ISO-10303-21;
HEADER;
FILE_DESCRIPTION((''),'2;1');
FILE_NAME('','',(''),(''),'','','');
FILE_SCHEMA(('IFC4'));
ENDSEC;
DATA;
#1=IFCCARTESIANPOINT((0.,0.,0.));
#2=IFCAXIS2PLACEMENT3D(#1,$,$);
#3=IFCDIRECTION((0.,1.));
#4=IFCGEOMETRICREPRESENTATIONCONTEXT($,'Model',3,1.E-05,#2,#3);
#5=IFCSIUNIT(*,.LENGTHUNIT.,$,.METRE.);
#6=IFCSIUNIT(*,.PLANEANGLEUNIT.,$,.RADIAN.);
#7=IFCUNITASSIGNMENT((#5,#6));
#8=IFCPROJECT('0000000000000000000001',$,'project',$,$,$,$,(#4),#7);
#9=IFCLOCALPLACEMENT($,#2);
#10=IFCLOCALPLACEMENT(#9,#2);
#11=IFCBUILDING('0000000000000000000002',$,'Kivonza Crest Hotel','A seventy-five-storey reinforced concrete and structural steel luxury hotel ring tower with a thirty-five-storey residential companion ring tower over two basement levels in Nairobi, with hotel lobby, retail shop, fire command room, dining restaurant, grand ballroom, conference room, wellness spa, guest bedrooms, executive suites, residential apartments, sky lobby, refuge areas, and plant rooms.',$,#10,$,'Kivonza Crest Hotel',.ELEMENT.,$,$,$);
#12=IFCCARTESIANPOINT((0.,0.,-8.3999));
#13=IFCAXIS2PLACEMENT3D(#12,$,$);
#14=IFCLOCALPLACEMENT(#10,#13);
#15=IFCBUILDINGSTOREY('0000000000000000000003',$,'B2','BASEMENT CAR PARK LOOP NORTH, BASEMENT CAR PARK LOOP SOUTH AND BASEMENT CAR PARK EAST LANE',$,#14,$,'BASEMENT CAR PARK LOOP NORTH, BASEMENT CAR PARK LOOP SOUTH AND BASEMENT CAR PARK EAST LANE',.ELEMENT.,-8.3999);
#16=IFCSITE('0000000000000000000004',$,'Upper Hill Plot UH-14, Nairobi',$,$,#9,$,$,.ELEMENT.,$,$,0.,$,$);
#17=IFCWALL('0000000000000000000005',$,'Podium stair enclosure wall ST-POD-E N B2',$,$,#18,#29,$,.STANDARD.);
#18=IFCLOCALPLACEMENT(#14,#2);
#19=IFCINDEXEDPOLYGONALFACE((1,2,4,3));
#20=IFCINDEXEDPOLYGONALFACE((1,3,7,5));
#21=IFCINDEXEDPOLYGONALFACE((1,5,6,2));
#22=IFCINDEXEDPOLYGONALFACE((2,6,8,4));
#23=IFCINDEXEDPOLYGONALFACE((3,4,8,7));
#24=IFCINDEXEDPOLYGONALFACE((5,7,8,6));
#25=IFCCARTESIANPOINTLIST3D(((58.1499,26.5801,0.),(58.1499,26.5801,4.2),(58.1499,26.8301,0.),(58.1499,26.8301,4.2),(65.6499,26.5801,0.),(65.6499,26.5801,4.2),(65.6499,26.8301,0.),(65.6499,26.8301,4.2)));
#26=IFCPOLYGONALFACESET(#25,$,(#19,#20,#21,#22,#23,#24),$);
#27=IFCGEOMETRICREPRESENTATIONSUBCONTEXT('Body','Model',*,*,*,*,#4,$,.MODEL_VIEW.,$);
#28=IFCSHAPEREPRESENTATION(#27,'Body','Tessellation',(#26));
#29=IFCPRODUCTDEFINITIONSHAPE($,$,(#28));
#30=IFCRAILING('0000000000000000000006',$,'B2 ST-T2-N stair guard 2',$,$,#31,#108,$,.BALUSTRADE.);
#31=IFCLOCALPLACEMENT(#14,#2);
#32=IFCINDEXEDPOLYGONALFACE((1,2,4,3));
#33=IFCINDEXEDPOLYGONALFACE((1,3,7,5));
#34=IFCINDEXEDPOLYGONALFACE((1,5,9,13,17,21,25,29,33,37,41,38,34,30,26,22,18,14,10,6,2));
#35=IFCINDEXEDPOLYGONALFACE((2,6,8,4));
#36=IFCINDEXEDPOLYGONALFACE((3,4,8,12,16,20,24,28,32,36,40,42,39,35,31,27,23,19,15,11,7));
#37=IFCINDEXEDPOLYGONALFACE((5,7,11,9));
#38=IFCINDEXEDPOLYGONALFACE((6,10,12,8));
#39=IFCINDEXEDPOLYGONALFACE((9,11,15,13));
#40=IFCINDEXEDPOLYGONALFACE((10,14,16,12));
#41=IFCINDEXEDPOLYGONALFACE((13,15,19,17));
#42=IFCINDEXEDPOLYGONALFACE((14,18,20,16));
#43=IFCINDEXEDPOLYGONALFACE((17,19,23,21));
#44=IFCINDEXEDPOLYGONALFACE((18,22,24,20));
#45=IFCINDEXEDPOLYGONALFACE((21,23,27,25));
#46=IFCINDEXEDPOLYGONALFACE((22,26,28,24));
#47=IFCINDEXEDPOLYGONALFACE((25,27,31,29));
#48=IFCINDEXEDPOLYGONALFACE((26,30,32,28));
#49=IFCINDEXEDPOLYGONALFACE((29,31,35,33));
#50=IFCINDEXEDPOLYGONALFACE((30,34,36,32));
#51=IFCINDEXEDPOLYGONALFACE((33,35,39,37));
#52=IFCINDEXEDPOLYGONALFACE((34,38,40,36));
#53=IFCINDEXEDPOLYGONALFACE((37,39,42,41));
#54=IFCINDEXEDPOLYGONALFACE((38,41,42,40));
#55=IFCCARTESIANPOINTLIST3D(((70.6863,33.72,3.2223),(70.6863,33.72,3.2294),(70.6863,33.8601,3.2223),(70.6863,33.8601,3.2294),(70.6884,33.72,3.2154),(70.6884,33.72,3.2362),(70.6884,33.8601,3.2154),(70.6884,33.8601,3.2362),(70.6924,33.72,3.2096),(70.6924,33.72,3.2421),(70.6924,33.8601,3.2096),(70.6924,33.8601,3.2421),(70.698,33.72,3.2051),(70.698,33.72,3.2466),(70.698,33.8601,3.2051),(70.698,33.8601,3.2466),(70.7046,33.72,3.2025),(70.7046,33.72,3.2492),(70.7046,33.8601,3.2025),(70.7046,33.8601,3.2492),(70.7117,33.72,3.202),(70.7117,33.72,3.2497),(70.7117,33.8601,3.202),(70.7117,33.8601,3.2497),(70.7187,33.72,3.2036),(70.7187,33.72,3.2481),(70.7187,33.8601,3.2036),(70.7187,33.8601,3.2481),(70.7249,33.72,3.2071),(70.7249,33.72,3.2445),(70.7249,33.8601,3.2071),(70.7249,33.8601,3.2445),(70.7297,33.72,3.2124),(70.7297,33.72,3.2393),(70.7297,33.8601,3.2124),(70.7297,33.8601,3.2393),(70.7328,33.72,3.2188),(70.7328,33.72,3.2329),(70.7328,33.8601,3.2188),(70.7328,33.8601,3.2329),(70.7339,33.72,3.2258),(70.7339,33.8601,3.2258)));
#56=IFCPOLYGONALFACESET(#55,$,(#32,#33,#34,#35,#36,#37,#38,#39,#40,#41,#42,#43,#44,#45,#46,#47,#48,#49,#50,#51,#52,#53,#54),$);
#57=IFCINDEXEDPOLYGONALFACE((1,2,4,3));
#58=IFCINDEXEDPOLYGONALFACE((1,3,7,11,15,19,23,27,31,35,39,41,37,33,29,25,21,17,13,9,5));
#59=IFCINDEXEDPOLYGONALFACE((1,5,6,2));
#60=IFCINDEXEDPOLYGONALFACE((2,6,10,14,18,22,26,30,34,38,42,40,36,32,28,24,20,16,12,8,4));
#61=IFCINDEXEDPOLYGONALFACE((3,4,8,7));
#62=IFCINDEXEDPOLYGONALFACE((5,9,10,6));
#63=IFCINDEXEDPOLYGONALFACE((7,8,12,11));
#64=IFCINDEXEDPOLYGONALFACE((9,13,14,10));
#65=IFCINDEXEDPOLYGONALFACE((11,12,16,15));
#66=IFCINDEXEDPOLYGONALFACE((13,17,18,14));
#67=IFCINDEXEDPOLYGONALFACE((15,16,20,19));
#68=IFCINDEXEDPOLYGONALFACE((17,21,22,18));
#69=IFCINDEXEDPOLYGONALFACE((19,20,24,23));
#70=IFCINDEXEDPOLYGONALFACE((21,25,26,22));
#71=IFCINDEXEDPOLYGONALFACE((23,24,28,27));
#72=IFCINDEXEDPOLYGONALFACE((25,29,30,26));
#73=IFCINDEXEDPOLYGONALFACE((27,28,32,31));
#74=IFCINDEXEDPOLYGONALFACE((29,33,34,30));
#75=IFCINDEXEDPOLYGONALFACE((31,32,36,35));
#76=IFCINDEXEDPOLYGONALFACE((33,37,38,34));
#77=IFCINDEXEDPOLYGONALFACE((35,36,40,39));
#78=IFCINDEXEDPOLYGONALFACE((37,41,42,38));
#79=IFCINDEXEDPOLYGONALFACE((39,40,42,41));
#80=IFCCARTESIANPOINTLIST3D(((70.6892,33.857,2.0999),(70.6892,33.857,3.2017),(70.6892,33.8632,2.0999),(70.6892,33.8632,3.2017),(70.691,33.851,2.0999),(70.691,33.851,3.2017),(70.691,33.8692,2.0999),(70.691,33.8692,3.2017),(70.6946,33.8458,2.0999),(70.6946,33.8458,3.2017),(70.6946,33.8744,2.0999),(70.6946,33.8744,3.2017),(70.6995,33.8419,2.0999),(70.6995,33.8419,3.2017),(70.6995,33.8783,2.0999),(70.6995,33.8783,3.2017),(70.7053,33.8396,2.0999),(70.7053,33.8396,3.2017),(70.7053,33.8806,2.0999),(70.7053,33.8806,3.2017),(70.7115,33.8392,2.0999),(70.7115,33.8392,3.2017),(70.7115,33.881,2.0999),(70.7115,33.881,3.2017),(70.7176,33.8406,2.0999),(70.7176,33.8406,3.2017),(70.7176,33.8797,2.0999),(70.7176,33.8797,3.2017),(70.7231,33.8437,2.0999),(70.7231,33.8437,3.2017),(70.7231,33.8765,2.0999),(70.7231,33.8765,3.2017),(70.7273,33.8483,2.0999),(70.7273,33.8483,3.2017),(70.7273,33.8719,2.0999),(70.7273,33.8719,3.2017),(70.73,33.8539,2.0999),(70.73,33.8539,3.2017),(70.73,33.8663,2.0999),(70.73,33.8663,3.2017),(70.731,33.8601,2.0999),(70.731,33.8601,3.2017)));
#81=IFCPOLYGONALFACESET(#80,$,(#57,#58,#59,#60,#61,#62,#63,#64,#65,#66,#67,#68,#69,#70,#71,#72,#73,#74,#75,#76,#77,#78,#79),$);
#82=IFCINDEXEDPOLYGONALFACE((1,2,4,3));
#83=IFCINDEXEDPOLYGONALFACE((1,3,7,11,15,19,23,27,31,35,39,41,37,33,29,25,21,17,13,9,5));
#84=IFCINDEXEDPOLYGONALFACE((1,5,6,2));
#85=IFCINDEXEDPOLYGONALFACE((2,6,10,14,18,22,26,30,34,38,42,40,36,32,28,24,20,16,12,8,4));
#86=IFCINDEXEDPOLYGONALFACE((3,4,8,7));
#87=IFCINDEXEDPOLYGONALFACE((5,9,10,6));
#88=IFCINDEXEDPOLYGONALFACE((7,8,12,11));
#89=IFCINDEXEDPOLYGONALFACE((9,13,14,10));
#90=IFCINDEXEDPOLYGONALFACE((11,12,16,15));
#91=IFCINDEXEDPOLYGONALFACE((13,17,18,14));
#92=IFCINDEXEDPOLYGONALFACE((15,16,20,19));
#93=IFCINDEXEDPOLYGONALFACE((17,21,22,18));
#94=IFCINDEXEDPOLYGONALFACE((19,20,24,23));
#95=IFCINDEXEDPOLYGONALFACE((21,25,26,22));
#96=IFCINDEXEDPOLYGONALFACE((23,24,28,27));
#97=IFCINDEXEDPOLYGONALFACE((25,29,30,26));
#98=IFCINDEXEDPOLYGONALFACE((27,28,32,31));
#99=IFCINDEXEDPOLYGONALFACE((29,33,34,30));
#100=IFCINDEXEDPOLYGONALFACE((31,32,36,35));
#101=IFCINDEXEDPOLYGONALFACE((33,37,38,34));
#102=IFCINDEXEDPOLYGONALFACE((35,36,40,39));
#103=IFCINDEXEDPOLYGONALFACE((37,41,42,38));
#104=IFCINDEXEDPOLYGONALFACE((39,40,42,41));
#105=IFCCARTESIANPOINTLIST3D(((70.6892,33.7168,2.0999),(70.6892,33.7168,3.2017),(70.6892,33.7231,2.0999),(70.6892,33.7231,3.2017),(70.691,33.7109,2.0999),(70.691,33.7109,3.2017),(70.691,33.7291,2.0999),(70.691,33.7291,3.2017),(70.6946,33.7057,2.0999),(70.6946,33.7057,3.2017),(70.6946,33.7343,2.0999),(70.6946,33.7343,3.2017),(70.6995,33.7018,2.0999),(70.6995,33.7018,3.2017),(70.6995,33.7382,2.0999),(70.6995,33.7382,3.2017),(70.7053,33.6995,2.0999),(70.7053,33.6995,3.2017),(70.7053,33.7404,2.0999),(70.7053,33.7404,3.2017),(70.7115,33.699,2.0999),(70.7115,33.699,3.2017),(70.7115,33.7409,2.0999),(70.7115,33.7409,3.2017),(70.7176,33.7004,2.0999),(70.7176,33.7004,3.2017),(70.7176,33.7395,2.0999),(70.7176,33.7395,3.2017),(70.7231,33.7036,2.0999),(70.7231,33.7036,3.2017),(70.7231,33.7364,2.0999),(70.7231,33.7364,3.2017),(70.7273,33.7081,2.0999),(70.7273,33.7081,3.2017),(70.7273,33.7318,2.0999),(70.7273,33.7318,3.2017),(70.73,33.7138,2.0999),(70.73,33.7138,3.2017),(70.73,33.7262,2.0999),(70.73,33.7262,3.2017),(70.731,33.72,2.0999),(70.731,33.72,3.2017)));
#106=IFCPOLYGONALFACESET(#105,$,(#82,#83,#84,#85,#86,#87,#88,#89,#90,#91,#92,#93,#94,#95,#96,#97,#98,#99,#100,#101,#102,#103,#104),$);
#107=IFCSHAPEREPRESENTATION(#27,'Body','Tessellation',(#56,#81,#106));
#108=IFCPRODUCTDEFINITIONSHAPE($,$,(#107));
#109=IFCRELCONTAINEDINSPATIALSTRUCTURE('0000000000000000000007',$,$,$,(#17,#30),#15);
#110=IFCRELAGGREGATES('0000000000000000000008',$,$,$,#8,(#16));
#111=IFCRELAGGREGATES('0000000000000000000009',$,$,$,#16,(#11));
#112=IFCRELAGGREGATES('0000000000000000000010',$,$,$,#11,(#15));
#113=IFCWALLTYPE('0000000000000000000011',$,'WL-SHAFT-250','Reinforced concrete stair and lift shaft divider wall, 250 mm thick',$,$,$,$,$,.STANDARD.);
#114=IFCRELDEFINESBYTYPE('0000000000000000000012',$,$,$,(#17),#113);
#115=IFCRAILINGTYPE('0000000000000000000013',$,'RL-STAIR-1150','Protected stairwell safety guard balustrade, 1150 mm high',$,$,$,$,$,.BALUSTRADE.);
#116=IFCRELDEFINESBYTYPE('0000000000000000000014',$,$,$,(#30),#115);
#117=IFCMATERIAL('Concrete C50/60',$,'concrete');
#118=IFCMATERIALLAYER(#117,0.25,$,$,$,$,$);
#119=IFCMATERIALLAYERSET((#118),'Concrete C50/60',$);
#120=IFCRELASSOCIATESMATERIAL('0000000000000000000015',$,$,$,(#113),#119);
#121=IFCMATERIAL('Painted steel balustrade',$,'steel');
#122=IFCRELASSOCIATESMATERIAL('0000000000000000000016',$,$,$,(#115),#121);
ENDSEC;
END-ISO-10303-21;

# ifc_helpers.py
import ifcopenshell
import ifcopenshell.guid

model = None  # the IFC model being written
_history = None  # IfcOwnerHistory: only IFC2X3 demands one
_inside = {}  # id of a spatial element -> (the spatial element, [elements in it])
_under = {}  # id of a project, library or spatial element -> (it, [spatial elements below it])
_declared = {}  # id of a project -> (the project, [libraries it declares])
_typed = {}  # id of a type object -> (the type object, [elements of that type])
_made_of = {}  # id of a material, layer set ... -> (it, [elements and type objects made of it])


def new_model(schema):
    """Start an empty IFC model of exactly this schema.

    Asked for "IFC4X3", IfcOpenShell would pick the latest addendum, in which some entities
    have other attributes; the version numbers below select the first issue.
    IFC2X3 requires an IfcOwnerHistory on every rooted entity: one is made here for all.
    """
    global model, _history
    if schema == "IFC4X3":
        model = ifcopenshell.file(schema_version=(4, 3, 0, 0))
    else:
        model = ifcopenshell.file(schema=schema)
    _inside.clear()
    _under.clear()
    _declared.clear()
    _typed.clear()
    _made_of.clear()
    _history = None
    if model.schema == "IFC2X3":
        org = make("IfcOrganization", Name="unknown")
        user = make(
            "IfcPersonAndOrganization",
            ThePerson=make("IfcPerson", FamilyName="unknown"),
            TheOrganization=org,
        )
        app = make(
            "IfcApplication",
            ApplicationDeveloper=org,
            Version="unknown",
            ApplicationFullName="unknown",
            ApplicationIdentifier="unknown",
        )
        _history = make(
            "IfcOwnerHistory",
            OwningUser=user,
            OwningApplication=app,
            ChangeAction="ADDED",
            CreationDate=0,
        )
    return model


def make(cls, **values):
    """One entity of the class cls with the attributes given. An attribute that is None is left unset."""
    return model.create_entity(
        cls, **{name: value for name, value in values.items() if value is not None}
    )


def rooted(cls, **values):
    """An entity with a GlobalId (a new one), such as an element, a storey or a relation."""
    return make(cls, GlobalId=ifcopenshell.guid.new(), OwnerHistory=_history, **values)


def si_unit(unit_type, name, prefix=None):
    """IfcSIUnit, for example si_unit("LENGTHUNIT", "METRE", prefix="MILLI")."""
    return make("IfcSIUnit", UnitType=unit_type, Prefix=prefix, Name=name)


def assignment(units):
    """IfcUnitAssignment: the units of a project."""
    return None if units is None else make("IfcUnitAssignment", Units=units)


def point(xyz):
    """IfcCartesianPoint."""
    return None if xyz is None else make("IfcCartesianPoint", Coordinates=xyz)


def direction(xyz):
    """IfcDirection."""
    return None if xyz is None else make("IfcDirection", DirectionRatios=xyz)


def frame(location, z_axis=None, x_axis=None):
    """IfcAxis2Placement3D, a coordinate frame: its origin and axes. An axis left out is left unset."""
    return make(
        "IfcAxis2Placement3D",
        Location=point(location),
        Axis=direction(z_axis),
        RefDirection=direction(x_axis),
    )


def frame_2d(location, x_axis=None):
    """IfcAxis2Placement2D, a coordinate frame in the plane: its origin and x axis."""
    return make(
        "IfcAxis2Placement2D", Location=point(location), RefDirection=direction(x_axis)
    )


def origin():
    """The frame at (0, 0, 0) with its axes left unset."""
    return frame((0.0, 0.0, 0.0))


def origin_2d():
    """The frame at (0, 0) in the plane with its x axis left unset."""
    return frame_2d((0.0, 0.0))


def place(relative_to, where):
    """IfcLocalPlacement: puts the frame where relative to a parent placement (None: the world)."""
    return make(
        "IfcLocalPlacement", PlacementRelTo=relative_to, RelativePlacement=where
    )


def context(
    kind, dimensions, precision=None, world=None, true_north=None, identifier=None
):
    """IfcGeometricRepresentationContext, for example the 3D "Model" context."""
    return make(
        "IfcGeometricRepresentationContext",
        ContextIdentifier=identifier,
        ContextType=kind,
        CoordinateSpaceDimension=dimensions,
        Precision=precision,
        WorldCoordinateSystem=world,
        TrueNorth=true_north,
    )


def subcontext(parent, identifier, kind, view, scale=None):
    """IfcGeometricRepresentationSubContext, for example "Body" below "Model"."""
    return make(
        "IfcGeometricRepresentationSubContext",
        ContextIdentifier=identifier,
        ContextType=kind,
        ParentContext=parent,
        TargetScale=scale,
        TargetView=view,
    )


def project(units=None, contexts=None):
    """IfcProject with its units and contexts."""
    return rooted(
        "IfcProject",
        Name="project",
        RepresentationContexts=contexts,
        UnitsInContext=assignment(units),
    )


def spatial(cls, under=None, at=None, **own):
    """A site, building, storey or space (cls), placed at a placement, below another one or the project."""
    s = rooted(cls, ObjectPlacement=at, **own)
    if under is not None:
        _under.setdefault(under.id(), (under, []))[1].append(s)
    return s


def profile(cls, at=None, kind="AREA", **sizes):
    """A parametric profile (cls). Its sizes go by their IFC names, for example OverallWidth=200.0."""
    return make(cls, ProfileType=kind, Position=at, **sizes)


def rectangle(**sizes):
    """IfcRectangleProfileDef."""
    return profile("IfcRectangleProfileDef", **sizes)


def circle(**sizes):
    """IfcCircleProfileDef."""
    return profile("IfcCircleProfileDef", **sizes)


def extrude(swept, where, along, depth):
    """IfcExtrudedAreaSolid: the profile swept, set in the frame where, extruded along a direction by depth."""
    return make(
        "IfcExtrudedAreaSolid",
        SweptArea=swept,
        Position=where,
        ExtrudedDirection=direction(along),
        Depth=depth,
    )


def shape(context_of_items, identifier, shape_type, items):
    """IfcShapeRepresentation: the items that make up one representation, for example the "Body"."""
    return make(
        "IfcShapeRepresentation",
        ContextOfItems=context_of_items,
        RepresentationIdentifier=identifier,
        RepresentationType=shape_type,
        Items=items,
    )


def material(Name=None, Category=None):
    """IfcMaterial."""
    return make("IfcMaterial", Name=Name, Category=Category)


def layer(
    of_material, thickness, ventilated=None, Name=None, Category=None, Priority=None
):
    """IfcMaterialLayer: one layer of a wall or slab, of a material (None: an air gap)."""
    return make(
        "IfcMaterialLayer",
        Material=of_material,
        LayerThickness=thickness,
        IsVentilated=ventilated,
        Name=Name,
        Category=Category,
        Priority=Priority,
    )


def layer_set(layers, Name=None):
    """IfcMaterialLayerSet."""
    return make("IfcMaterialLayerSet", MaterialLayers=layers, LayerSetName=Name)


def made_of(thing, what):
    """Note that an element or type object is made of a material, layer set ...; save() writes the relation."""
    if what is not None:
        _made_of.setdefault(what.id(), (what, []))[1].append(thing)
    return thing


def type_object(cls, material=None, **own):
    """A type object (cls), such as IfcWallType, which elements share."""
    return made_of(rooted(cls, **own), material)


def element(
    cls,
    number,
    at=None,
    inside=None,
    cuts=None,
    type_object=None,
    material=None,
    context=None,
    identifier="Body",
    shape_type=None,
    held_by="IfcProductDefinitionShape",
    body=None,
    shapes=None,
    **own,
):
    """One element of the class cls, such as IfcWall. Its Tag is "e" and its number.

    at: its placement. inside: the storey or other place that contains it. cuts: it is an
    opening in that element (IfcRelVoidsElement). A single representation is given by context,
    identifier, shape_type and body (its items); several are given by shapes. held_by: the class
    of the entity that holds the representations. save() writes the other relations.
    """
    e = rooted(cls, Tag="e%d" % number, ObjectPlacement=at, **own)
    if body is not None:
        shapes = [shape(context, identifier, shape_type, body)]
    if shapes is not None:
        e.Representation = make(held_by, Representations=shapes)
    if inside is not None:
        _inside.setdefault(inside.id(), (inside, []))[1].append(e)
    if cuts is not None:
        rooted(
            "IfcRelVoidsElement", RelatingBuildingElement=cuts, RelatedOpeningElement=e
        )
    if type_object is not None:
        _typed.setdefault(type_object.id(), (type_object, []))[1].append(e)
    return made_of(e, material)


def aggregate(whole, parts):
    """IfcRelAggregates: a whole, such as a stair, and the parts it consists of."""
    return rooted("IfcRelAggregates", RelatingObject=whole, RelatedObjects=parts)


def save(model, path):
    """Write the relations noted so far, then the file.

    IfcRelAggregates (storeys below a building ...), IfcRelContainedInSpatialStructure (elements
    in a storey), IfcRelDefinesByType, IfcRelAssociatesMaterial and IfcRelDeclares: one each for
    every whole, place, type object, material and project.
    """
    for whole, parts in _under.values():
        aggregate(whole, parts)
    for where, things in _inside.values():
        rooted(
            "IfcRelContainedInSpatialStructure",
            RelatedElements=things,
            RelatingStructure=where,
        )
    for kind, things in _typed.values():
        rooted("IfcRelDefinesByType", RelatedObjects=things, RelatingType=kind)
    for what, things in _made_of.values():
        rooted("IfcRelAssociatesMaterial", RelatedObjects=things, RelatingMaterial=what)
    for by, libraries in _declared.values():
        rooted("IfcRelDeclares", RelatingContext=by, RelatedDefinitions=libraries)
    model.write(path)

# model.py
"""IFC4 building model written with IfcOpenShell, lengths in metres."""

from ifc_helpers import new_model, si_unit, direction, frame, frame_2d, origin, origin_2d, place, context, subcontext, project, spatial, rectangle, circle, extrude, material, layer, layer_set, type_object, element, save


model = new_model("IFC4")

# Units and contexts
model_context = context("Model", 3, precision=1e-05, world=origin(), true_north=direction((0.0, 1.0)))
body_context = subcontext(model_context, "Body", "Model", "MODEL_VIEW")
ifc_project = project(units=[si_unit("LENGTHUNIT", "METRE"), si_unit("PLANEANGLEUNIT", "RADIAN")], contexts=[model_context])

# Site, building, storey
site_placement = place(None, origin())
site = spatial("IfcSite", under=ifc_project, at=site_placement, Name="Upper Hill Plot UH-14, Nairobi", CompositionType="ELEMENT", RefElevation=0.0)
building_placement = place(site_placement, origin())
building = spatial("IfcBuilding", under=site, at=building_placement, Name="Kivonza Crest Hotel", Description="A seventy-five-storey reinforced concrete and structural steel luxury hotel ring tower with a thirty-five-storey residential companion ring tower over two basement levels in Nairobi, with hotel lobby, retail shop, fire command room, dining restaurant, grand ballroom, conference room, wellness spa, guest bedrooms, executive suites, residential apartments, sky lobby, refuge areas, and plant rooms.", LongName="Kivonza Crest Hotel", CompositionType="ELEMENT")
storey_placement = place(building_placement, frame((0.0, 0.0, -8.3999)))
storey = spatial("IfcBuildingStorey", under=building, at=storey_placement, Name="B2", Description="BASEMENT CAR PARK LOOP NORTH, BASEMENT CAR PARK LOOP SOUTH AND BASEMENT CAR PARK EAST LANE", LongName="BASEMENT CAR PARK LOOP NORTH, BASEMENT CAR PARK LOOP SOUTH AND BASEMENT CAR PARK EAST LANE", CompositionType="ELEMENT", Elevation=-8.3999)

# Wall
ifc_material_1 = material(Name="Concrete C50/60", Category="concrete")
ifc_layer_1 = layer(ifc_material_1, 0.25)
ifc_layer_set_1 = layer_set([ifc_layer_1], Name="Concrete C50/60")
wall_type_1 = type_object("IfcWallType", Name="WL-SHAFT-250", Description="Reinforced concrete stair and lift shaft divider wall, 250 mm thick", PredefinedType="STANDARD", material=ifc_layer_set_1)
wall_1_placement = place(storey_placement, frame((58.1499, 26.7051, 0.0), z_axis=(0.0, 0.0, 1.0), x_axis=(1.0, 0.0, 0.0)))
element("IfcWall", 1, at=wall_1_placement, inside=storey, type_object=wall_type_1, Name="Podium stair enclosure wall ST-POD-E N B2", PredefinedType="STANDARD", context=body_context, shape_type="SweptSolid", body=[
    extrude(rectangle(XDim=7.5, YDim=0.25, at=frame_2d((3.75, 0.0))), origin(), (0.0, 0.0, 1.0), 4.2),
])

# Railing
ifc_material_2 = material(Name="Painted steel balustrade", Category="steel")
railing_type = type_object("IfcRailingType", Name="RL-STAIR-1150", Description="Protected stairwell safety guard balustrade, 1150 mm high", PredefinedType="BALUSTRADE", material=ifc_material_2)
railing_placement = place(storey_placement, frame((70.71, 33.8601, 2.0999)))
element("IfcRailing", 2, at=railing_placement, inside=storey, type_object=railing_type, Name="B2 ST-T2-N stair guard 2", PredefinedType="BALUSTRADE", context=body_context, shape_type="SweptSolid", body=[
    extrude(circle(Radius=0.0239, at=origin_2d()), frame((0.0, 0.0, 1.126), z_axis=(0.0, -1.0, 0.0), x_axis=(1.0, 0.0, 0.0)), (0.0, 0.0, 1.0), 0.1401),
    extrude(circle(Radius=0.021, at=origin_2d()), origin(), (0.0, 0.0, 1.0), 1.1018),
    extrude(circle(Radius=0.021, at=origin_2d()), frame((0.0, -0.1401, 0.0)), (0.0, 0.0, 1.0), 1.1018),
])

save(model, "model.ifc")
